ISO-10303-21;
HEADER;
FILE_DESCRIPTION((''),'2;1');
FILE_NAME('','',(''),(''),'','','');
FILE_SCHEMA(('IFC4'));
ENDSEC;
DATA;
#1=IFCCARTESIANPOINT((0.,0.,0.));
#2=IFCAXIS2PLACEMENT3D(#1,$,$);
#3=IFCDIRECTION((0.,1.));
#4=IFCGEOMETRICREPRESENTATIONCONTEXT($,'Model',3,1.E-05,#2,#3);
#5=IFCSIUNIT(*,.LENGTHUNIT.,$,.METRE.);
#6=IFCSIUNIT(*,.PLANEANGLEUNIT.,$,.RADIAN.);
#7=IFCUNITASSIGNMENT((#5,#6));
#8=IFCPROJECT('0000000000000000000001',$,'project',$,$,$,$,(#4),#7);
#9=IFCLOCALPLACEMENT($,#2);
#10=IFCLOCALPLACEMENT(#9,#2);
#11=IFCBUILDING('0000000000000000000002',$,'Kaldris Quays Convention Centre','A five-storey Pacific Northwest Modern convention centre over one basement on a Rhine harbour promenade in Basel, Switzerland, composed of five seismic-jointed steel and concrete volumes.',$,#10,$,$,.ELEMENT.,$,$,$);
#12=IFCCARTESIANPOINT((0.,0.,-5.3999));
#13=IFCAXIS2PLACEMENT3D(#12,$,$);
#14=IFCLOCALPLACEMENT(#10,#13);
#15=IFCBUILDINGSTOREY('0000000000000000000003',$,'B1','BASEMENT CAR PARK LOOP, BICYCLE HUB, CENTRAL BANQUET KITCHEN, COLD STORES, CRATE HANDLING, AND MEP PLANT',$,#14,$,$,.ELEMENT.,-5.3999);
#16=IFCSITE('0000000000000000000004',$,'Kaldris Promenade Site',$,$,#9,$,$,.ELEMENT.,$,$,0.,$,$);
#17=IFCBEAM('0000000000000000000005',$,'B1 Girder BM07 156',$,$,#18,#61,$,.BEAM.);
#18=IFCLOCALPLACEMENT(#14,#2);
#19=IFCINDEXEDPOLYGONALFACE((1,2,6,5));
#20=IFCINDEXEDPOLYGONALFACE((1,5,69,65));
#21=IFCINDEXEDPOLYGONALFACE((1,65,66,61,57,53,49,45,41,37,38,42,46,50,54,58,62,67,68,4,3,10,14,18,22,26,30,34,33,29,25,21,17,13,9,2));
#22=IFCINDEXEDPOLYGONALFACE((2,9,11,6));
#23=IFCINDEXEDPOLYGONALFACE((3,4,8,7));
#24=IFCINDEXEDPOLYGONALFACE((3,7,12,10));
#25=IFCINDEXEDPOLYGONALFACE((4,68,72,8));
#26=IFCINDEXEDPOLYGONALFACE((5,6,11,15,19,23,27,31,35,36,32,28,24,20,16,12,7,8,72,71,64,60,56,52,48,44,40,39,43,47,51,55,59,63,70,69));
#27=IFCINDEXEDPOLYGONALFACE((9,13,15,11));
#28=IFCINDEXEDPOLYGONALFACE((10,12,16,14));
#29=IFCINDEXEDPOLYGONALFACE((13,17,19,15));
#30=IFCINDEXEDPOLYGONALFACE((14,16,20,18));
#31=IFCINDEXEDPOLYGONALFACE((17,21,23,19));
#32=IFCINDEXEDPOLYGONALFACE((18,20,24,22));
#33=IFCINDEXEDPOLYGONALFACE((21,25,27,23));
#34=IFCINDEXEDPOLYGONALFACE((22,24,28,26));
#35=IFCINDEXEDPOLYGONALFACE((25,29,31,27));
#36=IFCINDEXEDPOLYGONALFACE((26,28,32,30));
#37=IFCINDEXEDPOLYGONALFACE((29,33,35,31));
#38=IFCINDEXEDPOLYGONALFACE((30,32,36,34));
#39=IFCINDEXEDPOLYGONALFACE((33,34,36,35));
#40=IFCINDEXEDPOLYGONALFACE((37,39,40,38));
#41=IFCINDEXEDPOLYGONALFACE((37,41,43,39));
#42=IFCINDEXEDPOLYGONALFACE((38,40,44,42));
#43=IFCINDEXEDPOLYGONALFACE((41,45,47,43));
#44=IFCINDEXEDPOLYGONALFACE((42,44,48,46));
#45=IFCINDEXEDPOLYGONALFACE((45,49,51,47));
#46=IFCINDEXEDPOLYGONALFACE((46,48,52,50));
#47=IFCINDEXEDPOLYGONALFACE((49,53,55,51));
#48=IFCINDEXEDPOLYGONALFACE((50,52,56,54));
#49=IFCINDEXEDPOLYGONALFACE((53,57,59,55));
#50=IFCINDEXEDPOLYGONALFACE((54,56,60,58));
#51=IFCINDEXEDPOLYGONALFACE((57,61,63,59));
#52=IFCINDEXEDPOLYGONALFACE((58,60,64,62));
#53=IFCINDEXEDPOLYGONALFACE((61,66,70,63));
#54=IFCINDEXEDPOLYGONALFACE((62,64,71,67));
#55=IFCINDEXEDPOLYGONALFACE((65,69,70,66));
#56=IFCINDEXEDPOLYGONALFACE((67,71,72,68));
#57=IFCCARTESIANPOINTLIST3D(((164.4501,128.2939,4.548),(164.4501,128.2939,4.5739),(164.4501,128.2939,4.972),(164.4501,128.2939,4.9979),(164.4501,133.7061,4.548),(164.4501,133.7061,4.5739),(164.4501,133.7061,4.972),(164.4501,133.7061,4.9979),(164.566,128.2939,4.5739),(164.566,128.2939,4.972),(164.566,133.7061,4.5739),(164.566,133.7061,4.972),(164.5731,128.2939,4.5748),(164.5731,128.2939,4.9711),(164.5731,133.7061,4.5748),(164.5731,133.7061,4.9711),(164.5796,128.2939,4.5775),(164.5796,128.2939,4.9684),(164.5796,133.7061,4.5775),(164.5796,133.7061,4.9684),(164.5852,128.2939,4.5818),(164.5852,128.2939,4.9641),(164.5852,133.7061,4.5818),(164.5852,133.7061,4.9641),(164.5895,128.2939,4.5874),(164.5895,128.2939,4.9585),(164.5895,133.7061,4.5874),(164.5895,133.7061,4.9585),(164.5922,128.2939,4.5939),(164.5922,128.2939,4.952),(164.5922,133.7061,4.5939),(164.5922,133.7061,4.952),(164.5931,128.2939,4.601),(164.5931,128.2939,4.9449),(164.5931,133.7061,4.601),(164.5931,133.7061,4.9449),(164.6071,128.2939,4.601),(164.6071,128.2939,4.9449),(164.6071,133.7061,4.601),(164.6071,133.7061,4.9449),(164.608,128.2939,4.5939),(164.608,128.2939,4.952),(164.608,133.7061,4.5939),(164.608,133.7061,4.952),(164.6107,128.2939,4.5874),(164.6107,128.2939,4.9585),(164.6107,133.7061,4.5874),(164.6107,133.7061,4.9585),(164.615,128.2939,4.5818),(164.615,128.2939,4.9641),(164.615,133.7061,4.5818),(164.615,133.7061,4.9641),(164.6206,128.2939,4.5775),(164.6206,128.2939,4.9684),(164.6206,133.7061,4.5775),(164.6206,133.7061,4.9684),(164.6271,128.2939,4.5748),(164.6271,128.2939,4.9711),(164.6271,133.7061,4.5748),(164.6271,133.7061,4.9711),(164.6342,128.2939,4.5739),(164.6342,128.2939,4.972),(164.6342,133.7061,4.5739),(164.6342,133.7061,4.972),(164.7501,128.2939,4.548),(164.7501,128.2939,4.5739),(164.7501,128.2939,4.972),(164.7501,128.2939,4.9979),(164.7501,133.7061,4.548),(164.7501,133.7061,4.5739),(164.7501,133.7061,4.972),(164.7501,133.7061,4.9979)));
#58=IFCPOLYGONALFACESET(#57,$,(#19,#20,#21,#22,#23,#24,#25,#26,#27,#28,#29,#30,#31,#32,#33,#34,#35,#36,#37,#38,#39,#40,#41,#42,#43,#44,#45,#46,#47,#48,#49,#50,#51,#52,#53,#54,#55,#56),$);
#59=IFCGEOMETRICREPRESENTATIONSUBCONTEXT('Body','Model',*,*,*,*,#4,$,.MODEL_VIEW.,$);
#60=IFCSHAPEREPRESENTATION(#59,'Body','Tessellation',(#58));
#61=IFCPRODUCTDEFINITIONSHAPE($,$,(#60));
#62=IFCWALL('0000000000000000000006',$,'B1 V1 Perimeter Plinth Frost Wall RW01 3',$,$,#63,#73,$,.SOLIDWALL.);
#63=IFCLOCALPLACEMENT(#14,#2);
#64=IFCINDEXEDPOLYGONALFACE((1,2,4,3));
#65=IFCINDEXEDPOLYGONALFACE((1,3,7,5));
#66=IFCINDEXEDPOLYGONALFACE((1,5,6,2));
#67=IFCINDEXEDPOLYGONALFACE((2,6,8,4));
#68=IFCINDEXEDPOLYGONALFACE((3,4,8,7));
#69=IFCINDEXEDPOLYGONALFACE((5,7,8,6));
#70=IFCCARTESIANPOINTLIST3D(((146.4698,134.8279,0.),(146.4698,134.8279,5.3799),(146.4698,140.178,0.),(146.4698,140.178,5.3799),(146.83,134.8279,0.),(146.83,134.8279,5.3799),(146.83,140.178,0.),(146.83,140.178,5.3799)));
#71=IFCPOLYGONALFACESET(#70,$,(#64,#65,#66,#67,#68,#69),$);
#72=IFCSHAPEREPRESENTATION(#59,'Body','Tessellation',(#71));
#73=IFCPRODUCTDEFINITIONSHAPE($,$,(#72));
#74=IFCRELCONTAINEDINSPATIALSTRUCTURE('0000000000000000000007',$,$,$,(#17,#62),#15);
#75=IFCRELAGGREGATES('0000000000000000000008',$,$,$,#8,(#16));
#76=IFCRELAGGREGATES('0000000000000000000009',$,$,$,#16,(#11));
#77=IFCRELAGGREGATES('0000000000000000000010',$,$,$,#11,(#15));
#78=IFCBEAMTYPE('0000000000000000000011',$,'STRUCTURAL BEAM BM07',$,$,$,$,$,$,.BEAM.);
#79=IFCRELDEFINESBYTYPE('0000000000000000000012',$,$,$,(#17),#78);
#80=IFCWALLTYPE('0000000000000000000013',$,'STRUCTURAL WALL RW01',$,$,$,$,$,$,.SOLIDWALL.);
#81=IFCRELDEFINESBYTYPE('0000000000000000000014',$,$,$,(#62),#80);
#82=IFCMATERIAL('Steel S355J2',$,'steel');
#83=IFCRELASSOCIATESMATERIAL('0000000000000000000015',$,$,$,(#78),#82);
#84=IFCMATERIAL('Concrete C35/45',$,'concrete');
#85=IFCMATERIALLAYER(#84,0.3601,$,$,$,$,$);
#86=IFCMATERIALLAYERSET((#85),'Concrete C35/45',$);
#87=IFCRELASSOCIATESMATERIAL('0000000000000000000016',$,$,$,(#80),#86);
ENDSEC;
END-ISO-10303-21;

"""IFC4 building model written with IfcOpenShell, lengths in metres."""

from ifc_helpers import new_model, si_unit, direction, frame, frame_2d, origin, origin_2d, place, context, subcontext, project, spatial, rectangle, i_section, extrude, material, layer, layer_set, material_profile, profile_set, type_object, element, save


model = new_model("IFC4")

# Units and contexts
model_context = context("Model", 3, precision=1e-05, world=origin(), true_north=direction((0.0, 1.0)))
body_context = subcontext(model_context, "Body", "Model", "MODEL_VIEW")
ifc_project = project(units=[si_unit("LENGTHUNIT", "METRE"), si_unit("PLANEANGLEUNIT", "RADIAN")], contexts=[model_context])

# Site, building, storey
site_placement = place(None, origin())
site = spatial("IfcSite", under=ifc_project, at=site_placement, Name="Kaldris Promenade Site", CompositionType="ELEMENT", RefElevation=0.0)
building_placement = place(site_placement, origin())
building = spatial("IfcBuilding", under=site, at=building_placement, Name="Kaldris Quays Convention Centre", Description="A five-storey Pacific Northwest Modern convention centre over one basement on a Rhine harbour promenade in Basel, Switzerland, composed of five seismic-jointed steel and concrete volumes.", CompositionType="ELEMENT")
storey_placement = place(building_placement, frame((0.0, 0.0, -5.3999)))
storey = spatial("IfcBuildingStorey", under=building, at=storey_placement, Name="B1", Description="BASEMENT CAR PARK LOOP, BICYCLE HUB, CENTRAL BANQUET KITCHEN, COLD STORES, CRATE HANDLING, AND MEP PLANT", CompositionType="ELEMENT", Elevation=-5.3999)

# Shared definitions
ifc_material_1 = material(Name="Concrete C35/45", Category="concrete")

# Beam
ifc_material_2 = material(Name="Steel S355J2", Category="steel")
ifc_material_profile_1 = material_profile(ifc_material_2, i_section(OverallWidth=0.3, OverallDepth=0.45, WebThickness=0.0139, FlangeThickness=0.0259, FilletRadius=0.0271, at=origin_2d()), Name="HEB 450")
ifc_profile_set_1 = profile_set([ifc_material_profile_1], Name="Steel S355J2")
beam_type_1 = type_object("IfcBeamType", Name="STRUCTURAL BEAM BM07", PredefinedType="BEAM", material=ifc_profile_set_1)
beam_1_placement = place(storey_placement, frame((164.6001, 128.2939, 4.7729), z_axis=(0.0, 1.0, 0.0), x_axis=(-1.0, 0.0, 0.0)))
element("IfcBeam", 1, at=beam_1_placement, inside=storey, type_object=beam_type_1, Name="B1 Girder BM07 156", PredefinedType="BEAM", context=body_context, shape_type="SweptSolid", body=[
    extrude(i_section(OverallWidth=0.3, OverallDepth=0.45, WebThickness=0.0139, FlangeThickness=0.0259, FilletRadius=0.0271, at=origin_2d()), origin(), (0.0, 0.0, 1.0), 5.4121),
])

# Wall
ifc_layer = layer(ifc_material_1, 0.3601)
ifc_layer_set = layer_set([ifc_layer], Name="Concrete C35/45")
wall_type = type_object("IfcWallType", Name="STRUCTURAL WALL RW01", PredefinedType="SOLIDWALL", material=ifc_layer_set)
wall_placement = place(storey_placement, frame((146.6499, 134.8279, 0.0), z_axis=(0.0, 0.0, 1.0), x_axis=(0.0, 1.0, 0.0)))
element("IfcWall", 2, at=wall_placement, inside=storey, type_object=wall_type, Name="B1 V1 Perimeter Plinth Frost Wall RW01 3", PredefinedType="SOLIDWALL", context=body_context, shape_type="SweptSolid", body=[
    extrude(rectangle(XDim=5.3501, YDim=0.3601, at=frame_2d((2.675, 0.0))), origin(), (0.0, 0.0, 1.0), 5.3799),
])

save(model, "model.ifc")
